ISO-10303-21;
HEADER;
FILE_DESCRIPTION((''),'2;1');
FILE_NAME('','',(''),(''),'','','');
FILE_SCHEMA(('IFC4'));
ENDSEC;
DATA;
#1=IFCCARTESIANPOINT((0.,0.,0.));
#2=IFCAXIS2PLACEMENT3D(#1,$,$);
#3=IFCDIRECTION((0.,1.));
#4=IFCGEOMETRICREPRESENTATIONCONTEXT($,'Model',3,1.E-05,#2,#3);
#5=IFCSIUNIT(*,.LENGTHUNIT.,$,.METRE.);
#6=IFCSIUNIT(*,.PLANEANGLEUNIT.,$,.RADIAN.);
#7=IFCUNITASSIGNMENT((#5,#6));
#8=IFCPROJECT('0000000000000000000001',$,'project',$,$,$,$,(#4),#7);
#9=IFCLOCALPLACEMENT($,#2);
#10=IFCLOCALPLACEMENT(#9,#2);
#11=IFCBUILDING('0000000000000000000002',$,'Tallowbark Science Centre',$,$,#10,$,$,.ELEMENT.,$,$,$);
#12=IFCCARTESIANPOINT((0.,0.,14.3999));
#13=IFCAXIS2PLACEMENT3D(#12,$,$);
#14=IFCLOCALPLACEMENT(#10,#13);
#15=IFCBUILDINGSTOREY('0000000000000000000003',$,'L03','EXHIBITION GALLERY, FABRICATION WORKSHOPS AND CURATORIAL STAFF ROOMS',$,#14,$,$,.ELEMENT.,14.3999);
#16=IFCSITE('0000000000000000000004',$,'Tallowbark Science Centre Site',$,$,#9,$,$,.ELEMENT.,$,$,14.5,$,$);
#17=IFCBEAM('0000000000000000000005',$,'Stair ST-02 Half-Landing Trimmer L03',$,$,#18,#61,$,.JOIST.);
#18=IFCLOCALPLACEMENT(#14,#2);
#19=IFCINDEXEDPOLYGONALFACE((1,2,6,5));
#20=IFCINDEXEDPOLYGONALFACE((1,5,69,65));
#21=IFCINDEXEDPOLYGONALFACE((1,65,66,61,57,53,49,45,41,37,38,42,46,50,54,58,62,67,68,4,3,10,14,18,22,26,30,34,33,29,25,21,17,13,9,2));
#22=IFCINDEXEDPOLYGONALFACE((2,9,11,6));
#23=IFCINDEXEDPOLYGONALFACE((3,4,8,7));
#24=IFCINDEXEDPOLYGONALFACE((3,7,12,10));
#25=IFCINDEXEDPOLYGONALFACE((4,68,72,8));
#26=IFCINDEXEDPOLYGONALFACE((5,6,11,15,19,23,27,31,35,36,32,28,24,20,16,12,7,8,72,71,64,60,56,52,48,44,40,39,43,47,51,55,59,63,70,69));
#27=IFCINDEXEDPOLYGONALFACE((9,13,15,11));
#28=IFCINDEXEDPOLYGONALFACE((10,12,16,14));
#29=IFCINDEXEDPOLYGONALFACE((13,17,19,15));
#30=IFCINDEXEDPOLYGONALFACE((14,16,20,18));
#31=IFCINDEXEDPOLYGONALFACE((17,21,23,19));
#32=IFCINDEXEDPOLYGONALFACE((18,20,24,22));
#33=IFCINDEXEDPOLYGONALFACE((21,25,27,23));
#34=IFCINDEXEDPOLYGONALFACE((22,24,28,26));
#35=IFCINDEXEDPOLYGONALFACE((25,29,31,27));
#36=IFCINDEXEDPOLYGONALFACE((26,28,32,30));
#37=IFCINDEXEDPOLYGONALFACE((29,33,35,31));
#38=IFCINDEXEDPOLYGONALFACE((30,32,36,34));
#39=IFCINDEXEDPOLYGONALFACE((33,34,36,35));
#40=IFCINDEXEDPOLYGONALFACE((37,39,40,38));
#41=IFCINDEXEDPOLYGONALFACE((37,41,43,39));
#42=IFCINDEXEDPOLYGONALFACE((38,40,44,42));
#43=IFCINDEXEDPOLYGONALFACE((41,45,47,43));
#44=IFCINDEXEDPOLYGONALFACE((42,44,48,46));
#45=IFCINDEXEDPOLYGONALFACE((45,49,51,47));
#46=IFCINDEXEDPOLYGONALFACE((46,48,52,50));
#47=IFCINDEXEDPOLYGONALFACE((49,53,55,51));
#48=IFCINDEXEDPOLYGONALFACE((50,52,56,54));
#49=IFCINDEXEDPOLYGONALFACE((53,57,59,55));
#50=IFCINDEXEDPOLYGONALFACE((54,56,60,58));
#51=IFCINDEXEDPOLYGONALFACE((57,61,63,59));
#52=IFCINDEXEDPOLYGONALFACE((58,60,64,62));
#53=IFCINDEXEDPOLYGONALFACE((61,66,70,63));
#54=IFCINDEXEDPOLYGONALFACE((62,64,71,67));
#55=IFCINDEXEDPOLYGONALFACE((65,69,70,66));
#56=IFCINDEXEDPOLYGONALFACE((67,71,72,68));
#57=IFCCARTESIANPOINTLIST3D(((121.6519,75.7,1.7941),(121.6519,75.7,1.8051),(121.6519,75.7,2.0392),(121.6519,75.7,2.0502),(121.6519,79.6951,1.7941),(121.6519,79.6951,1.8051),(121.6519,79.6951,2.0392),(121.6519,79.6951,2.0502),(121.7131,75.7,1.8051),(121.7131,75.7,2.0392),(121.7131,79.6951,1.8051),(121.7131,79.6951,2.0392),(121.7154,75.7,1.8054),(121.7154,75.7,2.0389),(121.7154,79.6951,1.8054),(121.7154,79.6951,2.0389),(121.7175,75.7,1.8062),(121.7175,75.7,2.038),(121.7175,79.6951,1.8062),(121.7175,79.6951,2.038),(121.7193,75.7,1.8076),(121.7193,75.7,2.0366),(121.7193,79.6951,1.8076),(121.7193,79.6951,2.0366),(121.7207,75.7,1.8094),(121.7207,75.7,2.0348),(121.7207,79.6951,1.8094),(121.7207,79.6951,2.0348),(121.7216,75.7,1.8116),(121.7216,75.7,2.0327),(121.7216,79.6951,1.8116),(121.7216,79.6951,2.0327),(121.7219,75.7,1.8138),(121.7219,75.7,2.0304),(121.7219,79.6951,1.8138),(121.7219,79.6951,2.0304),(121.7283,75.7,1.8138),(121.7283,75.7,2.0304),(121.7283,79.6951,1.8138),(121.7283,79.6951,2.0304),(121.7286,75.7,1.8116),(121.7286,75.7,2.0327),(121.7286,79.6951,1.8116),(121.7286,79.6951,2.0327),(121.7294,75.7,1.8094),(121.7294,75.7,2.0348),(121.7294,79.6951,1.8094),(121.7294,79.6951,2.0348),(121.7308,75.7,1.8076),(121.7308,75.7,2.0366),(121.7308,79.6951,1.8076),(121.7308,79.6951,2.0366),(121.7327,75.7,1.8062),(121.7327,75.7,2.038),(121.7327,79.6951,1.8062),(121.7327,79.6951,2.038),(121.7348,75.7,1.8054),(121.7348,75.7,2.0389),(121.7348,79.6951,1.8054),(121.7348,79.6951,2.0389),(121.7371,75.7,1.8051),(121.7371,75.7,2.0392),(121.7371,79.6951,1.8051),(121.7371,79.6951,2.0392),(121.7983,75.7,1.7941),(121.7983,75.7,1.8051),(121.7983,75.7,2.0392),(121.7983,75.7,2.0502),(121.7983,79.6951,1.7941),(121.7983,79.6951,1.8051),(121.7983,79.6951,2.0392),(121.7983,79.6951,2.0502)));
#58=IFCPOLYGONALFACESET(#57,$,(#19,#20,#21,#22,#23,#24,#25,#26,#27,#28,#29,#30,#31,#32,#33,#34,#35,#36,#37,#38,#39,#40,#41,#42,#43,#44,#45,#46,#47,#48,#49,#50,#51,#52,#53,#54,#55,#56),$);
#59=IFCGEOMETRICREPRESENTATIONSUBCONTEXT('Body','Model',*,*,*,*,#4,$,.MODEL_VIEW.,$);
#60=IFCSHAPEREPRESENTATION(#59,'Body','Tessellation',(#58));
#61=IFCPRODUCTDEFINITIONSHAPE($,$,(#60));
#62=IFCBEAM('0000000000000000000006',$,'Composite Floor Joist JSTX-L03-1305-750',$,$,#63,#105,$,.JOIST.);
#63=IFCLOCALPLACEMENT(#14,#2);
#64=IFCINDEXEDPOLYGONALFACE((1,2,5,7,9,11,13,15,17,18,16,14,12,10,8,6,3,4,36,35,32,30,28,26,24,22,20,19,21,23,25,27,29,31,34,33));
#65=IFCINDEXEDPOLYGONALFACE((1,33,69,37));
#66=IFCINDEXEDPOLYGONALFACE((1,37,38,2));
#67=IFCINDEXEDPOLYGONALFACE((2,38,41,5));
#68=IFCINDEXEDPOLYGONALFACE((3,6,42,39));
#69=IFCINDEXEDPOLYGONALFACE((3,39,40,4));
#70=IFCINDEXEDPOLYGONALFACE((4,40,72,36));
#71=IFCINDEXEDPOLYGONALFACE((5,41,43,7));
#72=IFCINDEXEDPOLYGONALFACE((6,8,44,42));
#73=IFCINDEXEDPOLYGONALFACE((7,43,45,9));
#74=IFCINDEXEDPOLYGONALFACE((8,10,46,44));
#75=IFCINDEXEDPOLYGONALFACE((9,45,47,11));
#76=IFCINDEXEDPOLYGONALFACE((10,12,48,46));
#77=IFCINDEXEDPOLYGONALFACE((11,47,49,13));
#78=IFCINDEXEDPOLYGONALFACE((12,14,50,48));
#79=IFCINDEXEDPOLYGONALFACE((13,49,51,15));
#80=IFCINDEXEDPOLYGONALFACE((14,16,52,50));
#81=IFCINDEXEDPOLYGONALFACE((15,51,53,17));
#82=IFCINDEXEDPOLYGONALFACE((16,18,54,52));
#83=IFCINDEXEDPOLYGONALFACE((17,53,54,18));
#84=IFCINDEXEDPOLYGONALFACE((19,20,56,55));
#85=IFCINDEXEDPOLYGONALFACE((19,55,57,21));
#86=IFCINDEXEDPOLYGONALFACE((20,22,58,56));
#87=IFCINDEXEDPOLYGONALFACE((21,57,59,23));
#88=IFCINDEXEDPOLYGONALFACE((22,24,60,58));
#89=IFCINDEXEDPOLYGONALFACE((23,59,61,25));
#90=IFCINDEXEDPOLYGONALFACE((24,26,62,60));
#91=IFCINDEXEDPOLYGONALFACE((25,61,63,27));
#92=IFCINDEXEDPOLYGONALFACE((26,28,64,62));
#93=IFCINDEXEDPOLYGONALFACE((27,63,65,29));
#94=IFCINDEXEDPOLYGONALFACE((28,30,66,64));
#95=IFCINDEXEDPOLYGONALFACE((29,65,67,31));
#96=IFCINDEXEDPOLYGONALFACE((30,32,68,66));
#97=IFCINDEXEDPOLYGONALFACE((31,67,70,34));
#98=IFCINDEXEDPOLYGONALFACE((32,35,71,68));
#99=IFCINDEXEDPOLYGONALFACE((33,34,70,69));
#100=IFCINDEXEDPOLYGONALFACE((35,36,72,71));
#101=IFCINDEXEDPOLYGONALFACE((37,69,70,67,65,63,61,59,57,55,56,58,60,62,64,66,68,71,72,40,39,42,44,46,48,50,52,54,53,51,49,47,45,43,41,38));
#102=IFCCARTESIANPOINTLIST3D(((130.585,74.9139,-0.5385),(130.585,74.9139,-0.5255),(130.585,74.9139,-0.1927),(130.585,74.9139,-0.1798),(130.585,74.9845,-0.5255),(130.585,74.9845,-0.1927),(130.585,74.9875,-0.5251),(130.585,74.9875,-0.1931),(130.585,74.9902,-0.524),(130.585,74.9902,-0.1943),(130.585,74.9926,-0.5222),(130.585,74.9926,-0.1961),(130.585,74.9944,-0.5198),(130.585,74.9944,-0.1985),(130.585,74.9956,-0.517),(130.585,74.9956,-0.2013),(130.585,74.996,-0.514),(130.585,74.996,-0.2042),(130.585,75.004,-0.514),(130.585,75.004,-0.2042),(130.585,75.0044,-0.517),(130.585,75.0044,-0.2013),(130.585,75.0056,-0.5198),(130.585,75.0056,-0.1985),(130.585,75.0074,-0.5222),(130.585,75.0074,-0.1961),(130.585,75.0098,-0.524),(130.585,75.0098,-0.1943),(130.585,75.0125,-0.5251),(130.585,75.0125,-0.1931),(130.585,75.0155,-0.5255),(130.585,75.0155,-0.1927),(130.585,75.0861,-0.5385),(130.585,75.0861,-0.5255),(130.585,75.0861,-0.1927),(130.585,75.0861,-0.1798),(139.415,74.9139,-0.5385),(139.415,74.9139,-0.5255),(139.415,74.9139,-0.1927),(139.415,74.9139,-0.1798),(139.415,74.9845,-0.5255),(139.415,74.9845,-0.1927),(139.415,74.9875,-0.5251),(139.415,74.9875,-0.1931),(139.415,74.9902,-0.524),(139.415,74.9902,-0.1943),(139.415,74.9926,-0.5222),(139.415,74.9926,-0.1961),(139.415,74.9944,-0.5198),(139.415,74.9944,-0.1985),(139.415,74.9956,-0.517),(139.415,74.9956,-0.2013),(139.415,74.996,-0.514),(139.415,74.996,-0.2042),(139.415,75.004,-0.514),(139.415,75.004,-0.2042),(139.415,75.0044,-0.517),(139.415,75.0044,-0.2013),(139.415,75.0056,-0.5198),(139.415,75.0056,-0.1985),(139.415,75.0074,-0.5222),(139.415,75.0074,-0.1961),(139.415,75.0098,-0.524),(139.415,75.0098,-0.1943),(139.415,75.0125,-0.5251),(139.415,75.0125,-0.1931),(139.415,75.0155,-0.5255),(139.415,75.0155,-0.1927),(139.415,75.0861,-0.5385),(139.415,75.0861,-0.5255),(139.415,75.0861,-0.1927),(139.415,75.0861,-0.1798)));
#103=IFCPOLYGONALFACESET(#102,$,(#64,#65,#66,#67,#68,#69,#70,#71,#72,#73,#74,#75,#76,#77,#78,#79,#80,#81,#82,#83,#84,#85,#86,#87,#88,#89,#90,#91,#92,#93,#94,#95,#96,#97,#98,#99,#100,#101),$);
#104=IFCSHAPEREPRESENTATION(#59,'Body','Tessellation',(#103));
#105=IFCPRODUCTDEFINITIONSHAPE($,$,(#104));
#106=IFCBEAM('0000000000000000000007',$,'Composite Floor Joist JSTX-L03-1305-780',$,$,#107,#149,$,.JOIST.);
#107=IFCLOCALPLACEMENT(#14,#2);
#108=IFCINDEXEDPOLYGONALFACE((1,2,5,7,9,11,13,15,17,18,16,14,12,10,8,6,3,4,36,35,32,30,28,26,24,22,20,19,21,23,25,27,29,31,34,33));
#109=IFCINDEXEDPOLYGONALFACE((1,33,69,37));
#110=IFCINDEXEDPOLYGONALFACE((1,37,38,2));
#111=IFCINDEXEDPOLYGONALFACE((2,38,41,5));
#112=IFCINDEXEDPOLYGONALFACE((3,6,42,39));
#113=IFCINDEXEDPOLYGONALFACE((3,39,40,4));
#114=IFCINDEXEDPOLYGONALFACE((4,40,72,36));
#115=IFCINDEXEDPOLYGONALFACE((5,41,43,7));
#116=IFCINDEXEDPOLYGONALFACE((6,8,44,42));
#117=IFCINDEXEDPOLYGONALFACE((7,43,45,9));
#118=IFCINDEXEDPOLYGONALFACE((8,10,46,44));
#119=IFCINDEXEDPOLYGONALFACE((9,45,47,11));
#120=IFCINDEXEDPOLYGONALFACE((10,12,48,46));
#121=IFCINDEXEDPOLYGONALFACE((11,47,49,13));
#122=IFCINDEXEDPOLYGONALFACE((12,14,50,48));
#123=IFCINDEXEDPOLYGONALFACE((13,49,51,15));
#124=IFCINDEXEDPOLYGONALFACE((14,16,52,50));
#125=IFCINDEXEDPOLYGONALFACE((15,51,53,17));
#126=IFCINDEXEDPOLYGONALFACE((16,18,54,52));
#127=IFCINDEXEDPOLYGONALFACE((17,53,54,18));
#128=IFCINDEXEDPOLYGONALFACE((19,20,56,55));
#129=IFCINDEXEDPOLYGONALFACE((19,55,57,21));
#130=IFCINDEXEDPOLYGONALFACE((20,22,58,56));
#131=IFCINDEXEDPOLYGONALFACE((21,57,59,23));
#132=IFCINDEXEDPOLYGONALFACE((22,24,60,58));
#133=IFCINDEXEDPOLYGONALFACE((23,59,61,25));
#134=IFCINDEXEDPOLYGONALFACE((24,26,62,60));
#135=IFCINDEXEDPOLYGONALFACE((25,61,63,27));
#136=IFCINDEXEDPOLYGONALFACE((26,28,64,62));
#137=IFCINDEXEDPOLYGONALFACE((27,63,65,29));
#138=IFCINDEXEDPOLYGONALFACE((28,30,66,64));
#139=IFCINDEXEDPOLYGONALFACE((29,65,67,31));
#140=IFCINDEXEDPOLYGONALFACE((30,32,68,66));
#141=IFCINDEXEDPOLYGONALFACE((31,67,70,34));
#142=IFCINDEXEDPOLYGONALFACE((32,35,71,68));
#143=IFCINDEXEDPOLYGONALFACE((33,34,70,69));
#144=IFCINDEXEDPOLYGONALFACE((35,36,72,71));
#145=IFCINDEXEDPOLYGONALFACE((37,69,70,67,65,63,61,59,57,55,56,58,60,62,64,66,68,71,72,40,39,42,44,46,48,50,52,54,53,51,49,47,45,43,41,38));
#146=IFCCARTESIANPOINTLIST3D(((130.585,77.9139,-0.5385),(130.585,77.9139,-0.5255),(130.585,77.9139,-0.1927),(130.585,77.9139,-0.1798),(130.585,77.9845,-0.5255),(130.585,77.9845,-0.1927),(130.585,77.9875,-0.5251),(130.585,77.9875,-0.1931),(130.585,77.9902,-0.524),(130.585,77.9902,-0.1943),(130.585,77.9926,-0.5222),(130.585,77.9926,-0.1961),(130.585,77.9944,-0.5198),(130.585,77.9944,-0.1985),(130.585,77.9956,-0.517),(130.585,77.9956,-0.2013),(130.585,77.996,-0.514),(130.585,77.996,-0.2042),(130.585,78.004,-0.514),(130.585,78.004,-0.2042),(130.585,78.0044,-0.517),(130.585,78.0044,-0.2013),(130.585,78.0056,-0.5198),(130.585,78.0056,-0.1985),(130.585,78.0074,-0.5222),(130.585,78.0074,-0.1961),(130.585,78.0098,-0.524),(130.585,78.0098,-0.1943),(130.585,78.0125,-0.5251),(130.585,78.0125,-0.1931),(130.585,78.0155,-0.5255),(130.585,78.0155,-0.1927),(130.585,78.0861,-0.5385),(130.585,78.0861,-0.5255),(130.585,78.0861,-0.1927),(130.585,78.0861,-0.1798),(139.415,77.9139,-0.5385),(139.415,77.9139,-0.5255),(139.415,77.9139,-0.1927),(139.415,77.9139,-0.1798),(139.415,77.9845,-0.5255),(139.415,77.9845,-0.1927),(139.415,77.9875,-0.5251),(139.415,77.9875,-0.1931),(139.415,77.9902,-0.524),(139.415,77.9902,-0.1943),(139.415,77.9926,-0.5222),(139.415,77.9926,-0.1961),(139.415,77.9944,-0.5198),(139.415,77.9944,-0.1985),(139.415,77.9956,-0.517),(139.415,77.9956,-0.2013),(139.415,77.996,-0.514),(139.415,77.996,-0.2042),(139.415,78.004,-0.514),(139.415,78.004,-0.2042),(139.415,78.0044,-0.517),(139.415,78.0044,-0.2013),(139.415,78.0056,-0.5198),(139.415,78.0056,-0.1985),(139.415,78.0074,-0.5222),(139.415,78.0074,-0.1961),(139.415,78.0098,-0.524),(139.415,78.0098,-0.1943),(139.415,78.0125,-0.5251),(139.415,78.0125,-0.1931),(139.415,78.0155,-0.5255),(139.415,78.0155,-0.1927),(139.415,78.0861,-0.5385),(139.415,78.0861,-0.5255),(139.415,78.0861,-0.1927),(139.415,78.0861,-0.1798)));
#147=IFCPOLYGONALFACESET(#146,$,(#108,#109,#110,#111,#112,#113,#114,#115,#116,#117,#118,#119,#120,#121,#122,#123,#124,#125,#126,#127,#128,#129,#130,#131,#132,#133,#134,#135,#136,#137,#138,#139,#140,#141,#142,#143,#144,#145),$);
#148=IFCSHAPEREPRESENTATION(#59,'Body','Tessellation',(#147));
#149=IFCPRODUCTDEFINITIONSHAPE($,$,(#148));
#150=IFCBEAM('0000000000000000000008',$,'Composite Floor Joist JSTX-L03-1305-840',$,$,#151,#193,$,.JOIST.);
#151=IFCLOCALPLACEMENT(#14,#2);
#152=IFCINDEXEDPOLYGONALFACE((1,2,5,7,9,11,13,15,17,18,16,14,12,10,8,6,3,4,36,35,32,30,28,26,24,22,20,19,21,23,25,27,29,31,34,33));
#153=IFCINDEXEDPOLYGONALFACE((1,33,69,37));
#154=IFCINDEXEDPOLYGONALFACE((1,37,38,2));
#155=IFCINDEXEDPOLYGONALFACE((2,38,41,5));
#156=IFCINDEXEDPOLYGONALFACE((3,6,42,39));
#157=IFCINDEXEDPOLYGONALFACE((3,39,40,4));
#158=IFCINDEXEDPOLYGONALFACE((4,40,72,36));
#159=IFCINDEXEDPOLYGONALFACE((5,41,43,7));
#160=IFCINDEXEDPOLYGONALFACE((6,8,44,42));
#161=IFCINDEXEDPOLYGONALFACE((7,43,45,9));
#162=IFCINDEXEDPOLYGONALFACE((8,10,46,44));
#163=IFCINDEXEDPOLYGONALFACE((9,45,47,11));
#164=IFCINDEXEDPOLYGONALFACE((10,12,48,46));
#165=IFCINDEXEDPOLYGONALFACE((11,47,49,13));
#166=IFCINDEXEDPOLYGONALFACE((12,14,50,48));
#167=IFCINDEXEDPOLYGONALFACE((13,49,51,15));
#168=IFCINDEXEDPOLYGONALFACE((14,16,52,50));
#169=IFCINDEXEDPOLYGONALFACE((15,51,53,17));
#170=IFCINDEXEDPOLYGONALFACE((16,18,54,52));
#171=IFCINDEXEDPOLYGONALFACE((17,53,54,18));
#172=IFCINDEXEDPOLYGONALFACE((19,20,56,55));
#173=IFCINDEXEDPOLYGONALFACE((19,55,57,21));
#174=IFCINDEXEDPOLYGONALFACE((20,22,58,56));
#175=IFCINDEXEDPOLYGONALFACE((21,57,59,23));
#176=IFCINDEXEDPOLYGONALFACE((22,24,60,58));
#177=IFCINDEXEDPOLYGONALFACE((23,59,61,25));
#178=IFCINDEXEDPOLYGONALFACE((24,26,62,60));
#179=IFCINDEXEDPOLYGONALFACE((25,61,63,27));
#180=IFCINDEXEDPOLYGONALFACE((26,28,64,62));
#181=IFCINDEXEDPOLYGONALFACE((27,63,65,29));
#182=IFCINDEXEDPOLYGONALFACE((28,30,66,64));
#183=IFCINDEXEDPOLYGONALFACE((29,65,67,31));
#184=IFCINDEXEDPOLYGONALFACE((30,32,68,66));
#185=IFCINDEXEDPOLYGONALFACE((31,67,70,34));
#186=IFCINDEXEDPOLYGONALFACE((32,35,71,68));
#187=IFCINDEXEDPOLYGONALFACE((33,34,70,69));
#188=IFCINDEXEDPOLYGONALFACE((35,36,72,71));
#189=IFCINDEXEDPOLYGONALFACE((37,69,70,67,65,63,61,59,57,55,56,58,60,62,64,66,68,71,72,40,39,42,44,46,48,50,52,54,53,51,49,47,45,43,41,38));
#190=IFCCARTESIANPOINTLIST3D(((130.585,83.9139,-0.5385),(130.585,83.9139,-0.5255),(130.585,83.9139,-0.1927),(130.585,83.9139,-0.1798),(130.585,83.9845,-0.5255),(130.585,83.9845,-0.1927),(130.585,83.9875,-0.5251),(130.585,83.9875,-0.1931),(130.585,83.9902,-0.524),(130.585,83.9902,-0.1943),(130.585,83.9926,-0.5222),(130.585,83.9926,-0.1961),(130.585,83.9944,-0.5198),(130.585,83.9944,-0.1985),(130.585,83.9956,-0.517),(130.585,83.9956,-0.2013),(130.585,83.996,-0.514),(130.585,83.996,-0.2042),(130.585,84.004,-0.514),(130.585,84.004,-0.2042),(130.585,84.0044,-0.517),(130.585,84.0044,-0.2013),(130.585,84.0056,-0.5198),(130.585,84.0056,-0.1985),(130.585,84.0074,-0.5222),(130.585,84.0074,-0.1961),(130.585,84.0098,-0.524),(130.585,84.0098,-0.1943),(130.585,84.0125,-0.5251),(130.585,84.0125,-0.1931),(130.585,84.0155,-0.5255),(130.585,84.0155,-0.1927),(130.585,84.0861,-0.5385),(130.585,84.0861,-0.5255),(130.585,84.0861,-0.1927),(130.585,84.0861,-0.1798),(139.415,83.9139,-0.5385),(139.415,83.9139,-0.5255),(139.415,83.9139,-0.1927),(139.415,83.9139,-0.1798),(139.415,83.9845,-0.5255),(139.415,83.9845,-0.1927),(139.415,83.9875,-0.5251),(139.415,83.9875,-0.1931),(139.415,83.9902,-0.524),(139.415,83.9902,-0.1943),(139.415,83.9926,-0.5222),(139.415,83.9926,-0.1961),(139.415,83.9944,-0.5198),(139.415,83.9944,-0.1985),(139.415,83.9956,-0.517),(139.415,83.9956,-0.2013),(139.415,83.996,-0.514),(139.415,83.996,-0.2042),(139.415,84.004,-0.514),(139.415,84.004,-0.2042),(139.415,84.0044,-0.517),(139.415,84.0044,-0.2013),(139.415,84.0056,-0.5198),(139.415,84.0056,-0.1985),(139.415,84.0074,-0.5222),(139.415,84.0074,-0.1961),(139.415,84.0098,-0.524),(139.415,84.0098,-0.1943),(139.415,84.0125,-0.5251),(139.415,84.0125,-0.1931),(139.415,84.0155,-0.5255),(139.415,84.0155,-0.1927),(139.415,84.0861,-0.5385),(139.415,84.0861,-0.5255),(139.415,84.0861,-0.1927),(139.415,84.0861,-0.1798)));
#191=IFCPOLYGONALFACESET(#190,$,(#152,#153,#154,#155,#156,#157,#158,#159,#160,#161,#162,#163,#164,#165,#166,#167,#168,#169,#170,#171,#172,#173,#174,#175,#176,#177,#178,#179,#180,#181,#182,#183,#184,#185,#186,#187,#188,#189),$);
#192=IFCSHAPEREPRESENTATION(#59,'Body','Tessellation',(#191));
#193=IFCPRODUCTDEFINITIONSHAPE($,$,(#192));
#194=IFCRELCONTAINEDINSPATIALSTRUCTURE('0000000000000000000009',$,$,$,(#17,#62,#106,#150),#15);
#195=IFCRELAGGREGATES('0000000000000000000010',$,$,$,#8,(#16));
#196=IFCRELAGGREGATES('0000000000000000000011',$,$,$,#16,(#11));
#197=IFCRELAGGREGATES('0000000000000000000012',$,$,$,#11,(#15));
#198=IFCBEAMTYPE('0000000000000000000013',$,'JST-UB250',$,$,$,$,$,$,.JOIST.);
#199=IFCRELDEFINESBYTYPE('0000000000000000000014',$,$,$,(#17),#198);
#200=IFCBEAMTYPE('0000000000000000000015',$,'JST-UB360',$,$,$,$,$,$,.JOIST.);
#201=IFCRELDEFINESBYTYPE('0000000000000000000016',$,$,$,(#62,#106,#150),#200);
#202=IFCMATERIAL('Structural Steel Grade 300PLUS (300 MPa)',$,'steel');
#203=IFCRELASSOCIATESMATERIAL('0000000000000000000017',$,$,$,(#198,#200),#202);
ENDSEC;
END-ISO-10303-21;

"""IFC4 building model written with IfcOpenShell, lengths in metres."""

from ifc_helpers import new_model, si_unit, direction, frame, origin, origin_2d, place, context, subcontext, project, spatial, i_section, extrude, material, material_profile, profile_set, type_object, element, save


model = new_model("IFC4")

# Units and contexts
model_context = context("Model", 3, precision=1e-05, world=origin(), true_north=direction((0.0, 1.0)))
body_context = subcontext(model_context, "Body", "Model", "MODEL_VIEW")
ifc_project = project(units=[si_unit("LENGTHUNIT", "METRE"), si_unit("PLANEANGLEUNIT", "RADIAN")], contexts=[model_context])

# Site, building, storey
site_placement = place(None, origin())
site = spatial("IfcSite", under=ifc_project, at=site_placement, Name="Tallowbark Science Centre Site", CompositionType="ELEMENT", RefElevation=14.5)
building_placement = place(site_placement, origin())
building = spatial("IfcBuilding", under=site, at=building_placement, Name="Tallowbark Science Centre", CompositionType="ELEMENT")
storey_placement = place(building_placement, frame((0.0, 0.0, 14.3999)))
storey = spatial("IfcBuildingStorey", under=building, at=storey_placement, Name="L03", Description="EXHIBITION GALLERY, FABRICATION WORKSHOPS AND CURATORIAL STAFF ROOMS", CompositionType="ELEMENT", Elevation=14.3999)

# Shared definitions
ifc_material_1 = material(Name="Structural Steel Grade 300PLUS (300 MPa)", Category="steel")

# Beams
ifc_material_profile_1 = material_profile(ifc_material_1, i_section(OverallWidth=0.1465, OverallDepth=0.2561, WebThickness=0.0063, FlangeThickness=0.011, FilletRadius=0.0088, at=origin_2d()), Name="250UB37.3")
ifc_profile_set_1 = profile_set([ifc_material_profile_1], Name="Structural Steel Grade 300PLUS (300 MPa)")
beam_type_1 = type_object("IfcBeamType", Name="JST-UB250", PredefinedType="JOIST", material=ifc_profile_set_1)
beam_1_placement = place(storey_placement, frame((121.7251, 75.7, 1.9221), z_axis=(0.0, 1.0, 0.0), x_axis=(-1.0, 0.0, 0.0)))
element("IfcBeam", 1, at=beam_1_placement, inside=storey, type_object=beam_type_1, Name="Stair ST-02 Half-Landing Trimmer L03", PredefinedType="JOIST", context=body_context, shape_type="SweptSolid", body=[
    extrude(i_section(OverallWidth=0.1465, OverallDepth=0.2561, WebThickness=0.0063, FlangeThickness=0.011, FilletRadius=0.0088, at=origin_2d()), origin(), (0.0, 0.0, 1.0), 3.9951),
])
ifc_material_profile_2 = material_profile(ifc_material_1, i_section(OverallWidth=0.1721, OverallDepth=0.3586, WebThickness=0.0081, FlangeThickness=0.0129, FilletRadius=0.0115, at=origin_2d()), Name="360UB56.7")
ifc_profile_set_2 = profile_set([ifc_material_profile_2], Name="Structural Steel Grade 300PLUS (300 MPa)")
beam_type_2 = type_object("IfcBeamType", Name="JST-UB360", PredefinedType="JOIST", material=ifc_profile_set_2)
for number, where, z_axis, x_axis, name in (
    (2, (130.585, 75.0, -0.3591), (1.0, 0.0, 0.0), (0.0, 1.0, 0.0), "Composite Floor Joist JSTX-L03-1305-750"),
    (3, (130.585, 78.0, -0.3591), (1.0, 0.0, 0.0), (0.0, 1.0, 0.0), "Composite Floor Joist JSTX-L03-1305-780"),
    (4, (130.585, 84.0, -0.3591), (1.0, 0.0, 0.0), (0.0, 1.0, 0.0), "Composite Floor Joist JSTX-L03-1305-840"),
):
    element("IfcBeam", number, at=place(storey_placement, frame(where, z_axis=z_axis, x_axis=x_axis)), inside=storey, type_object=beam_type_2, Name=name, PredefinedType="JOIST", context=body_context, shape_type="SweptSolid", body=[
        extrude(i_section(OverallWidth=0.1721, OverallDepth=0.3586, WebThickness=0.0081, FlangeThickness=0.0129, FilletRadius=0.0115, at=origin_2d()), origin(), (0.0, 0.0, 1.0), 8.8301),
    ])

save(model, "model.ifc")
